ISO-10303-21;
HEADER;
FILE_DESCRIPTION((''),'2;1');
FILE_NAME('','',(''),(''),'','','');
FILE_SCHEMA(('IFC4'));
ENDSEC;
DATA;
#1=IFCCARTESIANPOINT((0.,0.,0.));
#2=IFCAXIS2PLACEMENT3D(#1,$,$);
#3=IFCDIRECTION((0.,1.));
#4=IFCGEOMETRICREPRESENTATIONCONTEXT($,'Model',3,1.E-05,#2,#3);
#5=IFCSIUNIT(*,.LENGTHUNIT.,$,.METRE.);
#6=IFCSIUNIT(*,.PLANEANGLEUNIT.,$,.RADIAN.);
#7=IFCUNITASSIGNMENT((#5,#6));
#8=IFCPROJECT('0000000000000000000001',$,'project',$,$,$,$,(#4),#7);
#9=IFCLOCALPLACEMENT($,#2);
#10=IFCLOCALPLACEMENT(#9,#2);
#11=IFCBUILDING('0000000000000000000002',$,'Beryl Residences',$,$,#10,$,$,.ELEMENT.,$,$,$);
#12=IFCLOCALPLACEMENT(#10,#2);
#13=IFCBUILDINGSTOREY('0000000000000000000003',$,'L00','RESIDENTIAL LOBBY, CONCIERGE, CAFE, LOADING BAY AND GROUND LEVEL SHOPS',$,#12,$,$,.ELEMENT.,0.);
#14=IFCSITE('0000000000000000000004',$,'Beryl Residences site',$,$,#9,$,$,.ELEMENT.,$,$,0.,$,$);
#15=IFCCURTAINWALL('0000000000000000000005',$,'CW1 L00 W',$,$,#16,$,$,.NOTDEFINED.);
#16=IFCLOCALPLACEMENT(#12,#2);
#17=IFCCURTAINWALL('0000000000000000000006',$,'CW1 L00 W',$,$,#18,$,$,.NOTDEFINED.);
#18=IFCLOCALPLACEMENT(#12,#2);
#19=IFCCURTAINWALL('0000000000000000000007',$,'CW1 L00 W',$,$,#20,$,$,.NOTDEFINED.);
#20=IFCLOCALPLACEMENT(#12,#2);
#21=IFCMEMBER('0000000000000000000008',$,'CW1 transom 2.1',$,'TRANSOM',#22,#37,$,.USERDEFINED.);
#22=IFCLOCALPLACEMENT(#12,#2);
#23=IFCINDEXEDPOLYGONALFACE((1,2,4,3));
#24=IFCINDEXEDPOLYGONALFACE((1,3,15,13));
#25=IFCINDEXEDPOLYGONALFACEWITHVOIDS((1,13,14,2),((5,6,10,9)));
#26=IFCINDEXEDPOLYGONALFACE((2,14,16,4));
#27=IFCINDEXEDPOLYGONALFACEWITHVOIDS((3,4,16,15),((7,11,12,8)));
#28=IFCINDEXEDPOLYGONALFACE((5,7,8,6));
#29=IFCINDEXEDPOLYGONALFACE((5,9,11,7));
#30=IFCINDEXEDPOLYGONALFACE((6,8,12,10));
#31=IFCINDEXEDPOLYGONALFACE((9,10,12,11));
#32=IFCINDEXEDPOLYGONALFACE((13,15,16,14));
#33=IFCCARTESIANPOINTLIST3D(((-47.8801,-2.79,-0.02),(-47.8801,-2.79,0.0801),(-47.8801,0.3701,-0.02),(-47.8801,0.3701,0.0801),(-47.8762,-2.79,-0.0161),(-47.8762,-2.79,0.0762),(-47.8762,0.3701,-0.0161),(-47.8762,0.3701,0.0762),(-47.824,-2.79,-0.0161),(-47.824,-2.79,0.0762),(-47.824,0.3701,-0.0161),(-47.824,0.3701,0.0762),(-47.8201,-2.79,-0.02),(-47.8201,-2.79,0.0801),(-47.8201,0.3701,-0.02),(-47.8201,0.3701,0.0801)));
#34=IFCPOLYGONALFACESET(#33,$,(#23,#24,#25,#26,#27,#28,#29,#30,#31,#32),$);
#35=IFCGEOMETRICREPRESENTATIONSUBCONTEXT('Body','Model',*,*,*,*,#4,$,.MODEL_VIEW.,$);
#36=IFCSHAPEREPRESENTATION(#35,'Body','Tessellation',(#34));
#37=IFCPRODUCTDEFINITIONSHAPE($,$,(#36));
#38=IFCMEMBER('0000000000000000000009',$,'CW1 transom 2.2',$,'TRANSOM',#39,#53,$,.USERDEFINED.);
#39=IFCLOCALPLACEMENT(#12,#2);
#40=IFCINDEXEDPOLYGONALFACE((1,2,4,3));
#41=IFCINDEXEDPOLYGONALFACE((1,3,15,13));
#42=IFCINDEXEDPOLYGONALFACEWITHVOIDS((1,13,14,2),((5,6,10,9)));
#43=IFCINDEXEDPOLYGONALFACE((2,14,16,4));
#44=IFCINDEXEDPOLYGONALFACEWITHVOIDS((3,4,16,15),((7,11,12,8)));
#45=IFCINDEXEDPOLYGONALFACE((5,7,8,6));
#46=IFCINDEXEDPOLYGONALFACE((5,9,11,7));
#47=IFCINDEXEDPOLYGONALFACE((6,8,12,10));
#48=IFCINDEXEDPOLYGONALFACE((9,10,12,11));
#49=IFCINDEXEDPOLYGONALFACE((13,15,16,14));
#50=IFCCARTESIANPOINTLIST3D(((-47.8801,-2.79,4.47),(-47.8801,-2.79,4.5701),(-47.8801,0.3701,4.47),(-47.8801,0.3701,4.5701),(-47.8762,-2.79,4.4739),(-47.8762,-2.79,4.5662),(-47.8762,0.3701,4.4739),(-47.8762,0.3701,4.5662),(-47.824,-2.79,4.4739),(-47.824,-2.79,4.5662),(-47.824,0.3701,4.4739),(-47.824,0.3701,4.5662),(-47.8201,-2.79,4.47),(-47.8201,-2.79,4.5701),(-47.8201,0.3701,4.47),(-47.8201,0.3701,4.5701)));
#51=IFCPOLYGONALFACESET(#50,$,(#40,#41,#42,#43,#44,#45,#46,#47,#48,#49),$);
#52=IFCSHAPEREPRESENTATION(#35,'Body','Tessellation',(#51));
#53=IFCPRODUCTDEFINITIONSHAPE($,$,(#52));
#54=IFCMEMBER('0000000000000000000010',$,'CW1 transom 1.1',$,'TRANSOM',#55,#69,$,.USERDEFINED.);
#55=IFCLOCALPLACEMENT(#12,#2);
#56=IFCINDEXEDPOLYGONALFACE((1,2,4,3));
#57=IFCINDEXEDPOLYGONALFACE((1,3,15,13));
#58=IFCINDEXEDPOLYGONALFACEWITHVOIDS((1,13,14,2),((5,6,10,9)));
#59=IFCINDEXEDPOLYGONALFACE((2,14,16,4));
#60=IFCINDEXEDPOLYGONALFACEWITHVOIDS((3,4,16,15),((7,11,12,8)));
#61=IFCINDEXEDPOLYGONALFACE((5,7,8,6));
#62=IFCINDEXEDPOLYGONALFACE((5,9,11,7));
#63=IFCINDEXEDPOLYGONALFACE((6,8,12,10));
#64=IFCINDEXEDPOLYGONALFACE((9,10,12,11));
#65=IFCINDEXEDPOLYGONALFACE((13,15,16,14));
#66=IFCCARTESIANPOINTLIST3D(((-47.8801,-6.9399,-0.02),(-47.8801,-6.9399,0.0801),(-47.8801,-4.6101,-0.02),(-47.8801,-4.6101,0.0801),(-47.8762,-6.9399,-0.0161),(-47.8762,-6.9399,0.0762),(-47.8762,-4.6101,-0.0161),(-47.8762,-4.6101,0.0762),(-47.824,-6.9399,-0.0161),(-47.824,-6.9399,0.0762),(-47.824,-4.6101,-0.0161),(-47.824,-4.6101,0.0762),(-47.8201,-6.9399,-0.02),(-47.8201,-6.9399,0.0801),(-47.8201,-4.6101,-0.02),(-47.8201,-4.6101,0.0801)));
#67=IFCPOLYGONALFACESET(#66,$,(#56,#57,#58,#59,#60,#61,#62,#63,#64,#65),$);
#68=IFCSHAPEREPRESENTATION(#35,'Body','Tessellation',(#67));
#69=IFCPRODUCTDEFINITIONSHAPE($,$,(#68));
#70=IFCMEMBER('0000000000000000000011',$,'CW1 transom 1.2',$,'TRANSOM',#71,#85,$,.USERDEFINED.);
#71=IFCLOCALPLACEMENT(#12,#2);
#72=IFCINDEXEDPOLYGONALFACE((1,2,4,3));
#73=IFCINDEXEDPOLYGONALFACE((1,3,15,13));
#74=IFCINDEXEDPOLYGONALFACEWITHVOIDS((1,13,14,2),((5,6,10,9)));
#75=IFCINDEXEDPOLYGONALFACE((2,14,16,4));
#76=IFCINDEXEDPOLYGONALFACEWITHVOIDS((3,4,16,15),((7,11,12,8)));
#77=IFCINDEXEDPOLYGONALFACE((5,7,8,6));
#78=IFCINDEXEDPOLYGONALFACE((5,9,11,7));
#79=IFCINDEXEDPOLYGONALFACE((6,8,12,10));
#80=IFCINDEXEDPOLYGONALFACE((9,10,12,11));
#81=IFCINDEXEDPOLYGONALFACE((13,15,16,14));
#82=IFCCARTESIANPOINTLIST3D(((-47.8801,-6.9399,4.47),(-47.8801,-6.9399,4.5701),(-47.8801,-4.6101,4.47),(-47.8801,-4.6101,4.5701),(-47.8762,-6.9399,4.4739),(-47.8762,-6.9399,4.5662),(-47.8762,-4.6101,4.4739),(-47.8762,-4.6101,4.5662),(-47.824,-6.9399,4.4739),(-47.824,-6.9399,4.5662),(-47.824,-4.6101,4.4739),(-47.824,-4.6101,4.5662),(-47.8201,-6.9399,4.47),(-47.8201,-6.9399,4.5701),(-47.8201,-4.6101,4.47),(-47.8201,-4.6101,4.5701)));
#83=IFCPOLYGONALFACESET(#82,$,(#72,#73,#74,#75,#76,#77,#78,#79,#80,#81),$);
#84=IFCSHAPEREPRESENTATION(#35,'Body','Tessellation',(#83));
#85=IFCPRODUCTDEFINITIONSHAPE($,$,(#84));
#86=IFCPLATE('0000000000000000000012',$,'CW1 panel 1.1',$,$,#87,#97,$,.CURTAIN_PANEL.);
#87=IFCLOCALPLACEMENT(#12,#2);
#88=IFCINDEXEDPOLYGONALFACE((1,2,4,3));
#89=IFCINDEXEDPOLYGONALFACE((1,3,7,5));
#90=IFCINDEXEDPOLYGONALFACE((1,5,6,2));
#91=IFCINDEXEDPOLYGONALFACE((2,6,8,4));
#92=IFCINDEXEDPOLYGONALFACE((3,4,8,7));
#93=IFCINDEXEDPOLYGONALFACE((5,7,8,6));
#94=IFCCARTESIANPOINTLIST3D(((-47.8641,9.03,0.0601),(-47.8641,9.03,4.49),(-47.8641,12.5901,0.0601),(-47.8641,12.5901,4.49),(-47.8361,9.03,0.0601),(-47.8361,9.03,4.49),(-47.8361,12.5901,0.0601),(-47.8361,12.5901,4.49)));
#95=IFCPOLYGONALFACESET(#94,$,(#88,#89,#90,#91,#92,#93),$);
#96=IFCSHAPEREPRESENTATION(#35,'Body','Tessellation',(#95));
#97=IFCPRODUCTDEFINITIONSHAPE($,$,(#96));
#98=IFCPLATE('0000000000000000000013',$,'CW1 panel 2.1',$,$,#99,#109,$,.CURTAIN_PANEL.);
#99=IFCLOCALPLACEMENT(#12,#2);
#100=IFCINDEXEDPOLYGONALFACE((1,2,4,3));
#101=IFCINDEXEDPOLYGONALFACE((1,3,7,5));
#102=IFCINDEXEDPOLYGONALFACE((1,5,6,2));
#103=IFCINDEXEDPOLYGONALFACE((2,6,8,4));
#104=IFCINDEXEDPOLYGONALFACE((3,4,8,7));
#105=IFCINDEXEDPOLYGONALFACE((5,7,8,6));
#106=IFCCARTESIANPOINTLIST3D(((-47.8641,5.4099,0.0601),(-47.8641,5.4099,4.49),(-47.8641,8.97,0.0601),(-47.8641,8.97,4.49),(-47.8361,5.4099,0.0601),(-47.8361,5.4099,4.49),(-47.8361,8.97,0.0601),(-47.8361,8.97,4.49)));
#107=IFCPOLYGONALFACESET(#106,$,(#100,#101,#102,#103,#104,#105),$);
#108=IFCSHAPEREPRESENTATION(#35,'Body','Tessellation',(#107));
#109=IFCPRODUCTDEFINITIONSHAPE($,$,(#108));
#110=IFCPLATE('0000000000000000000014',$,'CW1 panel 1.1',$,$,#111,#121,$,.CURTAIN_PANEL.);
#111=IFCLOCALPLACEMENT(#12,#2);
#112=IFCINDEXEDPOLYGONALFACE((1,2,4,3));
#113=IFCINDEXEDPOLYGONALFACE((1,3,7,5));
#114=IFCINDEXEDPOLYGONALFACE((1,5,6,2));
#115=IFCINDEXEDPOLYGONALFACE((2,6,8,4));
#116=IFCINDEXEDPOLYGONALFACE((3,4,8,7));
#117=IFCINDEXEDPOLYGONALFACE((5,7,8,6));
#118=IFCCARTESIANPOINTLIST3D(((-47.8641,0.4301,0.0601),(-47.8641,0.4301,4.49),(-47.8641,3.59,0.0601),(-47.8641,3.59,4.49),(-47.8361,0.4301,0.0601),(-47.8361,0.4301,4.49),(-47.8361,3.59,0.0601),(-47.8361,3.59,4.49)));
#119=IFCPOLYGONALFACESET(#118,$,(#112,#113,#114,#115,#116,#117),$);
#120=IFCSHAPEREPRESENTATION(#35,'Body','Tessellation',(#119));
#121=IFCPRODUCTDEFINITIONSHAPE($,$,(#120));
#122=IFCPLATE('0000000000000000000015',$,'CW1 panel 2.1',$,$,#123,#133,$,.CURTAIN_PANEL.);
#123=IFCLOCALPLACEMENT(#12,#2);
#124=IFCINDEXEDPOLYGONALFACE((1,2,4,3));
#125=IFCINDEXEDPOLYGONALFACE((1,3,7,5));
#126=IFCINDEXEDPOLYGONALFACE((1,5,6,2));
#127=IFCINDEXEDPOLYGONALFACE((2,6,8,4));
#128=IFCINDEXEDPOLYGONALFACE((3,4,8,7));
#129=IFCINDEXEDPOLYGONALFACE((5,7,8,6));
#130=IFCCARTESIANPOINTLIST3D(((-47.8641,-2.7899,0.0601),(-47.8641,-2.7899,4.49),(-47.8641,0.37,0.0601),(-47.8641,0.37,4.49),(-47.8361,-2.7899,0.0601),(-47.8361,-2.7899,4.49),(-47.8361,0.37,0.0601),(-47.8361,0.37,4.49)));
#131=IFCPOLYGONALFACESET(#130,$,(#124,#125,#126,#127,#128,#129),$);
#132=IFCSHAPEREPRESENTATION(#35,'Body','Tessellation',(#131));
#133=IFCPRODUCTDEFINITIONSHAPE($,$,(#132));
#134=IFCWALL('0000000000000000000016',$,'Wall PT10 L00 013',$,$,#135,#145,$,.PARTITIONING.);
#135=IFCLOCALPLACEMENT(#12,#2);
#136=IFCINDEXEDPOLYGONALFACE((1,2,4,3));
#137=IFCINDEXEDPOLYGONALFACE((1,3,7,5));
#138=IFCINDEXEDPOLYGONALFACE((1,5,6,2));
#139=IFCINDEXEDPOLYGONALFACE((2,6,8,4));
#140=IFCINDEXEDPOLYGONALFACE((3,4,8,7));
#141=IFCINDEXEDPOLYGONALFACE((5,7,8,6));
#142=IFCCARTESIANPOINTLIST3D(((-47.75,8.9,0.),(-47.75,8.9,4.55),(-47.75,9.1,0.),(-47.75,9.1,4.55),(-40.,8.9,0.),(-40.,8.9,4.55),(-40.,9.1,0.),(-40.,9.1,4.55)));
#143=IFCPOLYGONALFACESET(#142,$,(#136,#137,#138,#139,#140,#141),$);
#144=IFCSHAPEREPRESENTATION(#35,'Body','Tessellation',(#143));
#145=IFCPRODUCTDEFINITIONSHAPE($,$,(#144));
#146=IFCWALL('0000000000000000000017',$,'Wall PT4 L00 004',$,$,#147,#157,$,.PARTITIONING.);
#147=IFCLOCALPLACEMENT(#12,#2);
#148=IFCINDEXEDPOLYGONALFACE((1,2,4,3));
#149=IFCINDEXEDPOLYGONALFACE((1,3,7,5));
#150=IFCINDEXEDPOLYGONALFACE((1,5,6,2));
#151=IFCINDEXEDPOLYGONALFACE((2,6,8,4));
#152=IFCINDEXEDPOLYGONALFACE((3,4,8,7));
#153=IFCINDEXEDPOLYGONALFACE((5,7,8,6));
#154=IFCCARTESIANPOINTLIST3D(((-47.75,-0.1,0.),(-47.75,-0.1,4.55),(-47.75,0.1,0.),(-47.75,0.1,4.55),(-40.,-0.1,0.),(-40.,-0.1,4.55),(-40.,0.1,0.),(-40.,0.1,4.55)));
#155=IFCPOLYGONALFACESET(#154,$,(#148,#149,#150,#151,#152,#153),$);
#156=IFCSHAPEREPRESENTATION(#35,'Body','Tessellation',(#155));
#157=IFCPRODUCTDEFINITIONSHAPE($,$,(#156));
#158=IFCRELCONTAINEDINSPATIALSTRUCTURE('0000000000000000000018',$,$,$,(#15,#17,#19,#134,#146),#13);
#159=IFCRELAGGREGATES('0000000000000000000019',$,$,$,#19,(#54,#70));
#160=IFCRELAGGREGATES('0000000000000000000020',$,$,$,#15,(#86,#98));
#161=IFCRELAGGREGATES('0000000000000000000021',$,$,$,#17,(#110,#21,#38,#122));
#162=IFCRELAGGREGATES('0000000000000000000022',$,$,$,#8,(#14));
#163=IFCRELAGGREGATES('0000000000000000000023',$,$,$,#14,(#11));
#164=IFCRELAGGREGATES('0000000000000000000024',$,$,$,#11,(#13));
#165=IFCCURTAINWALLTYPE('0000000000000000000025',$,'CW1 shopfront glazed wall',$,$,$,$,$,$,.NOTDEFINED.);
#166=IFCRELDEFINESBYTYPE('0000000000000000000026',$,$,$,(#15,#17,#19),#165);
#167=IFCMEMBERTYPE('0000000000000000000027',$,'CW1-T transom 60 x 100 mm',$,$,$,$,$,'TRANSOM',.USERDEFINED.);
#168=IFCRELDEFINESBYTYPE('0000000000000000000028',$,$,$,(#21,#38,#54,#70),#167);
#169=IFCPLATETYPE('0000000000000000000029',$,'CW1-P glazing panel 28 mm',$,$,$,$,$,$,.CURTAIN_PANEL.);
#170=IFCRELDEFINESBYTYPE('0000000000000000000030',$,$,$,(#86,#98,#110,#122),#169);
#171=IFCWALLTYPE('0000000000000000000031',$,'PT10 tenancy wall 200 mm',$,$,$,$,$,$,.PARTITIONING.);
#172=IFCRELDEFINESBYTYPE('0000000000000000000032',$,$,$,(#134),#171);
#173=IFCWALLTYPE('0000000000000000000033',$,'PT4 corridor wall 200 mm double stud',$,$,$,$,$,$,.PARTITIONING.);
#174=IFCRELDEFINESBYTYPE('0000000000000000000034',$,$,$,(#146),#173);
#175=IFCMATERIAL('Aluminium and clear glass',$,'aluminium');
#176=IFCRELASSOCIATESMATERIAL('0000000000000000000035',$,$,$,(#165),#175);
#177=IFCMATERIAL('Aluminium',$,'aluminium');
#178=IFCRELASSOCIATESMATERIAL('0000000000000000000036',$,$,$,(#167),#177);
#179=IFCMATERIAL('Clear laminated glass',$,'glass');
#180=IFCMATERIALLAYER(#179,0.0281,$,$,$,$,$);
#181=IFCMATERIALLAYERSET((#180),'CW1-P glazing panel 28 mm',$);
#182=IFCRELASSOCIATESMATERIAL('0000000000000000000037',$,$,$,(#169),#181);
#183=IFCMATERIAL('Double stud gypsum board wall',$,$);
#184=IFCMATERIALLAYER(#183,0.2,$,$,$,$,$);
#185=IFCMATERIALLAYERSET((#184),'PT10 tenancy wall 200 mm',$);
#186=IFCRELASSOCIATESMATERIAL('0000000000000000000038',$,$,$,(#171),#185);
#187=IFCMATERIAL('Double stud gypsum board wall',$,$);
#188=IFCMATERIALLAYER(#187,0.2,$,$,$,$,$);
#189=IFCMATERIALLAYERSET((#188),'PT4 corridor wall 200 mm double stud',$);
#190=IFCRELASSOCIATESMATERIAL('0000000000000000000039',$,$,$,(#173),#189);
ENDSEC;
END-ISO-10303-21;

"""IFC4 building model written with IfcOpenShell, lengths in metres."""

from ifc_helpers import new_model, si_unit, direction, frame, frame_2d, origin, origin_2d, place, context, subcontext, project, spatial, rectangle, hollow_rectangle, extrude, material, layer, layer_set, material_profile, profile_set, type_object, element, aggregate, save


model = new_model("IFC4")

# Units and contexts
model_context = context("Model", 3, precision=1e-05, world=origin(), true_north=direction((0.0, 1.0)))
body_context = subcontext(model_context, "Body", "Model", "MODEL_VIEW")
ifc_project = project(units=[si_unit("LENGTHUNIT", "METRE"), si_unit("PLANEANGLEUNIT", "RADIAN")], contexts=[model_context])

# Site, building, storey
site_placement = place(None, origin())
site = spatial("IfcSite", under=ifc_project, at=site_placement, Name="Beryl Residences site", CompositionType="ELEMENT", RefElevation=0.0)
building_placement = place(site_placement, origin())
building = spatial("IfcBuilding", under=site, at=building_placement, Name="Beryl Residences", CompositionType="ELEMENT")
storey_placement = place(building_placement, origin())
storey = spatial("IfcBuildingStorey", under=building, at=storey_placement, Name="L00", Description="RESIDENTIAL LOBBY, CONCIERGE, CAFE, LOADING BAY AND GROUND LEVEL SHOPS", CompositionType="ELEMENT", Elevation=0.0)

# Curtain walls
ifc_material_1 = material(Name="Aluminium and clear glass", Category="aluminium")
curtain_wall_type = type_object("IfcCurtainWallType", Name="CW1 shopfront glazed wall", PredefinedType="NOTDEFINED", material=ifc_material_1)
curtain_wall_1_placement = place(storey_placement, origin())
curtain_wall_1 = element("IfcCurtainWall", 1, at=curtain_wall_1_placement, inside=storey, type_object=curtain_wall_type, Name="CW1 L00 W", PredefinedType="NOTDEFINED")
curtain_wall_2_placement = place(storey_placement, origin())
curtain_wall_2 = element("IfcCurtainWall", 2, at=curtain_wall_2_placement, inside=storey, type_object=curtain_wall_type, Name="CW1 L00 W", PredefinedType="NOTDEFINED")

# Curtain wall
curtain_wall_3_placement = place(storey_placement, origin())
curtain_wall_3 = element("IfcCurtainWall", 3, at=curtain_wall_3_placement, inside=storey, type_object=curtain_wall_type, Name="CW1 L00 W", PredefinedType="NOTDEFINED")

# Members
ifc_material_2 = material(Name="Aluminium", Category="aluminium")
ifc_material_profile_1 = material_profile(ifc_material_2, hollow_rectangle(XDim=0.0601, YDim=0.1001, WallThickness=0.0039, at=origin_2d()))
ifc_profile_set_1 = profile_set([ifc_material_profile_1], Name="Aluminium")
member_type_1 = type_object("IfcMemberType", Name="CW1-T transom 60 x 100 mm", ElementType="TRANSOM", PredefinedType="USERDEFINED", material=ifc_profile_set_1)
member_1_placement = place(storey_placement, frame((-47.8501, 0.3701, 0.03), z_axis=(0.0, -1.0, 0.0), x_axis=(1.0, 0.0, 0.0)))
member_1 = element("IfcMember", 4, at=member_1_placement, type_object=member_type_1, Name="CW1 transom 2.1", ObjectType="TRANSOM", PredefinedType="USERDEFINED", context=body_context, shape_type="SweptSolid", body=[
    extrude(hollow_rectangle(XDim=0.0601, YDim=0.1001, WallThickness=0.0039, at=origin_2d()), origin(), (0.0, 0.0, 1.0), 3.1602),
])
member_2_placement = place(storey_placement, frame((-47.8501, 0.3701, 4.52), z_axis=(0.0, -1.0, 0.0), x_axis=(1.0, 0.0, 0.0)))
member_2 = element("IfcMember", 5, at=member_2_placement, type_object=member_type_1, Name="CW1 transom 2.2", ObjectType="TRANSOM", PredefinedType="USERDEFINED", context=body_context, shape_type="SweptSolid", body=[
    extrude(hollow_rectangle(XDim=0.0601, YDim=0.1001, WallThickness=0.0039, at=origin_2d()), origin(), (0.0, 0.0, 1.0), 3.1602),
])
member_3_placement = place(storey_placement, frame((-47.8501, -4.6101, 0.03), z_axis=(0.0, -1.0, 0.0), x_axis=(1.0, 0.0, 0.0)))
member_3 = element("IfcMember", 6, at=member_3_placement, type_object=member_type_1, Name="CW1 transom 1.1", ObjectType="TRANSOM", PredefinedType="USERDEFINED", context=body_context, shape_type="SweptSolid", body=[
    extrude(hollow_rectangle(XDim=0.0601, YDim=0.1001, WallThickness=0.0039, at=origin_2d()), origin(), (0.0, 0.0, 1.0), 2.3298),
])
member_4_placement = place(storey_placement, frame((-47.8501, -4.6101, 4.52), z_axis=(0.0, -1.0, 0.0), x_axis=(1.0, 0.0, 0.0)))
member_4 = element("IfcMember", 7, at=member_4_placement, type_object=member_type_1, Name="CW1 transom 1.2", ObjectType="TRANSOM", PredefinedType="USERDEFINED", context=body_context, shape_type="SweptSolid", body=[
    extrude(hollow_rectangle(XDim=0.0601, YDim=0.1001, WallThickness=0.0039, at=origin_2d()), origin(), (0.0, 0.0, 1.0), 2.3298),
])
aggregate(curtain_wall_3, [member_3, member_4])

# Plates
ifc_material_3 = material(Name="Clear laminated glass", Category="glass")
ifc_layer_1 = layer(ifc_material_3, 0.0281)
ifc_layer_set_1 = layer_set([ifc_layer_1], Name="CW1-P glazing panel 28 mm")
plate_type = type_object("IfcPlateType", Name="CW1-P glazing panel 28 mm", PredefinedType="CURTAIN_PANEL", material=ifc_layer_set_1)
plate_1_placement = place(storey_placement, frame((-47.8501, 10.8101, 0.0601), z_axis=(0.0, 0.0, 1.0), x_axis=(0.0, -1.0, 0.0)))
plate_1 = element("IfcPlate", 8, at=plate_1_placement, type_object=plate_type, Name="CW1 panel 1.1", PredefinedType="CURTAIN_PANEL", context=body_context, shape_type="SweptSolid", body=[
    extrude(rectangle(XDim=3.5601, YDim=0.0281, at=origin_2d()), origin(), (0.0, 0.0, 1.0), 4.4299),
])
plate_2_placement = place(storey_placement, frame((-47.8501, 7.1899, 0.0601), z_axis=(0.0, 0.0, 1.0), x_axis=(0.0, -1.0, 0.0)))
plate_2 = element("IfcPlate", 9, at=plate_2_placement, type_object=plate_type, Name="CW1 panel 2.1", PredefinedType="CURTAIN_PANEL", context=body_context, shape_type="SweptSolid", body=[
    extrude(rectangle(XDim=3.5601, YDim=0.0281, at=origin_2d()), origin(), (0.0, 0.0, 1.0), 4.4299),
])
aggregate(curtain_wall_1, [plate_1, plate_2])
plate_3_placement = place(storey_placement, frame((-47.8501, 2.01, 0.0601), z_axis=(0.0, 0.0, 1.0), x_axis=(0.0, -1.0, 0.0)))
plate_3 = element("IfcPlate", 10, at=plate_3_placement, type_object=plate_type, Name="CW1 panel 1.1", PredefinedType="CURTAIN_PANEL", context=body_context, shape_type="SweptSolid", body=[
    extrude(rectangle(XDim=3.1599, YDim=0.0281, at=origin_2d()), origin(), (0.0, 0.0, 1.0), 4.4299),
])
plate_4_placement = place(storey_placement, frame((-47.8501, -1.21, 0.0601), z_axis=(0.0, 0.0, 1.0), x_axis=(0.0, -1.0, 0.0)))
plate_4 = element("IfcPlate", 11, at=plate_4_placement, type_object=plate_type, Name="CW1 panel 2.1", PredefinedType="CURTAIN_PANEL", context=body_context, shape_type="SweptSolid", body=[
    extrude(rectangle(XDim=3.1599, YDim=0.0281, at=origin_2d()), origin(), (0.0, 0.0, 1.0), 4.4299),
])
aggregate(curtain_wall_2, [plate_3, member_1, member_2, plate_4])

# Walls
ifc_material_4 = material(Name="Double stud gypsum board wall")
ifc_layer_2 = layer(ifc_material_4, 0.2)
ifc_layer_set_2 = layer_set([ifc_layer_2], Name="PT10 tenancy wall 200 mm")
wall_type_1 = type_object("IfcWallType", Name="PT10 tenancy wall 200 mm", PredefinedType="PARTITIONING", material=ifc_layer_set_2)
wall_1_placement = place(storey_placement, frame((-47.75, 9.0, 0.0), z_axis=(0.0, 0.0, 1.0), x_axis=(1.0, 0.0, 0.0)))
element("IfcWall", 12, at=wall_1_placement, inside=storey, type_object=wall_type_1, Name="Wall PT10 L00 013", PredefinedType="PARTITIONING", context=body_context, shape_type="SweptSolid", body=[
    extrude(rectangle(XDim=7.75, YDim=0.2, at=frame_2d((3.875, 0.0))), origin(), (0.0, 0.0, 1.0), 4.55),
])
ifc_material_5 = material(Name="Double stud gypsum board wall")
ifc_layer_3 = layer(ifc_material_5, 0.2)
ifc_layer_set_3 = layer_set([ifc_layer_3], Name="PT4 corridor wall 200 mm double stud")
wall_type_2 = type_object("IfcWallType", Name="PT4 corridor wall 200 mm double stud", PredefinedType="PARTITIONING", material=ifc_layer_set_3)
wall_2_placement = place(storey_placement, frame((-47.75, 0.0, 0.0), z_axis=(0.0, 0.0, 1.0), x_axis=(1.0, 0.0, 0.0)))
element("IfcWall", 13, at=wall_2_placement, inside=storey, type_object=wall_type_2, Name="Wall PT4 L00 004", PredefinedType="PARTITIONING", context=body_context, shape_type="SweptSolid", body=[
    extrude(rectangle(XDim=7.75, YDim=0.2, at=frame_2d((3.875, 0.0))), origin(), (0.0, 0.0, 1.0), 4.55),
])

save(model, "model.ifc")
